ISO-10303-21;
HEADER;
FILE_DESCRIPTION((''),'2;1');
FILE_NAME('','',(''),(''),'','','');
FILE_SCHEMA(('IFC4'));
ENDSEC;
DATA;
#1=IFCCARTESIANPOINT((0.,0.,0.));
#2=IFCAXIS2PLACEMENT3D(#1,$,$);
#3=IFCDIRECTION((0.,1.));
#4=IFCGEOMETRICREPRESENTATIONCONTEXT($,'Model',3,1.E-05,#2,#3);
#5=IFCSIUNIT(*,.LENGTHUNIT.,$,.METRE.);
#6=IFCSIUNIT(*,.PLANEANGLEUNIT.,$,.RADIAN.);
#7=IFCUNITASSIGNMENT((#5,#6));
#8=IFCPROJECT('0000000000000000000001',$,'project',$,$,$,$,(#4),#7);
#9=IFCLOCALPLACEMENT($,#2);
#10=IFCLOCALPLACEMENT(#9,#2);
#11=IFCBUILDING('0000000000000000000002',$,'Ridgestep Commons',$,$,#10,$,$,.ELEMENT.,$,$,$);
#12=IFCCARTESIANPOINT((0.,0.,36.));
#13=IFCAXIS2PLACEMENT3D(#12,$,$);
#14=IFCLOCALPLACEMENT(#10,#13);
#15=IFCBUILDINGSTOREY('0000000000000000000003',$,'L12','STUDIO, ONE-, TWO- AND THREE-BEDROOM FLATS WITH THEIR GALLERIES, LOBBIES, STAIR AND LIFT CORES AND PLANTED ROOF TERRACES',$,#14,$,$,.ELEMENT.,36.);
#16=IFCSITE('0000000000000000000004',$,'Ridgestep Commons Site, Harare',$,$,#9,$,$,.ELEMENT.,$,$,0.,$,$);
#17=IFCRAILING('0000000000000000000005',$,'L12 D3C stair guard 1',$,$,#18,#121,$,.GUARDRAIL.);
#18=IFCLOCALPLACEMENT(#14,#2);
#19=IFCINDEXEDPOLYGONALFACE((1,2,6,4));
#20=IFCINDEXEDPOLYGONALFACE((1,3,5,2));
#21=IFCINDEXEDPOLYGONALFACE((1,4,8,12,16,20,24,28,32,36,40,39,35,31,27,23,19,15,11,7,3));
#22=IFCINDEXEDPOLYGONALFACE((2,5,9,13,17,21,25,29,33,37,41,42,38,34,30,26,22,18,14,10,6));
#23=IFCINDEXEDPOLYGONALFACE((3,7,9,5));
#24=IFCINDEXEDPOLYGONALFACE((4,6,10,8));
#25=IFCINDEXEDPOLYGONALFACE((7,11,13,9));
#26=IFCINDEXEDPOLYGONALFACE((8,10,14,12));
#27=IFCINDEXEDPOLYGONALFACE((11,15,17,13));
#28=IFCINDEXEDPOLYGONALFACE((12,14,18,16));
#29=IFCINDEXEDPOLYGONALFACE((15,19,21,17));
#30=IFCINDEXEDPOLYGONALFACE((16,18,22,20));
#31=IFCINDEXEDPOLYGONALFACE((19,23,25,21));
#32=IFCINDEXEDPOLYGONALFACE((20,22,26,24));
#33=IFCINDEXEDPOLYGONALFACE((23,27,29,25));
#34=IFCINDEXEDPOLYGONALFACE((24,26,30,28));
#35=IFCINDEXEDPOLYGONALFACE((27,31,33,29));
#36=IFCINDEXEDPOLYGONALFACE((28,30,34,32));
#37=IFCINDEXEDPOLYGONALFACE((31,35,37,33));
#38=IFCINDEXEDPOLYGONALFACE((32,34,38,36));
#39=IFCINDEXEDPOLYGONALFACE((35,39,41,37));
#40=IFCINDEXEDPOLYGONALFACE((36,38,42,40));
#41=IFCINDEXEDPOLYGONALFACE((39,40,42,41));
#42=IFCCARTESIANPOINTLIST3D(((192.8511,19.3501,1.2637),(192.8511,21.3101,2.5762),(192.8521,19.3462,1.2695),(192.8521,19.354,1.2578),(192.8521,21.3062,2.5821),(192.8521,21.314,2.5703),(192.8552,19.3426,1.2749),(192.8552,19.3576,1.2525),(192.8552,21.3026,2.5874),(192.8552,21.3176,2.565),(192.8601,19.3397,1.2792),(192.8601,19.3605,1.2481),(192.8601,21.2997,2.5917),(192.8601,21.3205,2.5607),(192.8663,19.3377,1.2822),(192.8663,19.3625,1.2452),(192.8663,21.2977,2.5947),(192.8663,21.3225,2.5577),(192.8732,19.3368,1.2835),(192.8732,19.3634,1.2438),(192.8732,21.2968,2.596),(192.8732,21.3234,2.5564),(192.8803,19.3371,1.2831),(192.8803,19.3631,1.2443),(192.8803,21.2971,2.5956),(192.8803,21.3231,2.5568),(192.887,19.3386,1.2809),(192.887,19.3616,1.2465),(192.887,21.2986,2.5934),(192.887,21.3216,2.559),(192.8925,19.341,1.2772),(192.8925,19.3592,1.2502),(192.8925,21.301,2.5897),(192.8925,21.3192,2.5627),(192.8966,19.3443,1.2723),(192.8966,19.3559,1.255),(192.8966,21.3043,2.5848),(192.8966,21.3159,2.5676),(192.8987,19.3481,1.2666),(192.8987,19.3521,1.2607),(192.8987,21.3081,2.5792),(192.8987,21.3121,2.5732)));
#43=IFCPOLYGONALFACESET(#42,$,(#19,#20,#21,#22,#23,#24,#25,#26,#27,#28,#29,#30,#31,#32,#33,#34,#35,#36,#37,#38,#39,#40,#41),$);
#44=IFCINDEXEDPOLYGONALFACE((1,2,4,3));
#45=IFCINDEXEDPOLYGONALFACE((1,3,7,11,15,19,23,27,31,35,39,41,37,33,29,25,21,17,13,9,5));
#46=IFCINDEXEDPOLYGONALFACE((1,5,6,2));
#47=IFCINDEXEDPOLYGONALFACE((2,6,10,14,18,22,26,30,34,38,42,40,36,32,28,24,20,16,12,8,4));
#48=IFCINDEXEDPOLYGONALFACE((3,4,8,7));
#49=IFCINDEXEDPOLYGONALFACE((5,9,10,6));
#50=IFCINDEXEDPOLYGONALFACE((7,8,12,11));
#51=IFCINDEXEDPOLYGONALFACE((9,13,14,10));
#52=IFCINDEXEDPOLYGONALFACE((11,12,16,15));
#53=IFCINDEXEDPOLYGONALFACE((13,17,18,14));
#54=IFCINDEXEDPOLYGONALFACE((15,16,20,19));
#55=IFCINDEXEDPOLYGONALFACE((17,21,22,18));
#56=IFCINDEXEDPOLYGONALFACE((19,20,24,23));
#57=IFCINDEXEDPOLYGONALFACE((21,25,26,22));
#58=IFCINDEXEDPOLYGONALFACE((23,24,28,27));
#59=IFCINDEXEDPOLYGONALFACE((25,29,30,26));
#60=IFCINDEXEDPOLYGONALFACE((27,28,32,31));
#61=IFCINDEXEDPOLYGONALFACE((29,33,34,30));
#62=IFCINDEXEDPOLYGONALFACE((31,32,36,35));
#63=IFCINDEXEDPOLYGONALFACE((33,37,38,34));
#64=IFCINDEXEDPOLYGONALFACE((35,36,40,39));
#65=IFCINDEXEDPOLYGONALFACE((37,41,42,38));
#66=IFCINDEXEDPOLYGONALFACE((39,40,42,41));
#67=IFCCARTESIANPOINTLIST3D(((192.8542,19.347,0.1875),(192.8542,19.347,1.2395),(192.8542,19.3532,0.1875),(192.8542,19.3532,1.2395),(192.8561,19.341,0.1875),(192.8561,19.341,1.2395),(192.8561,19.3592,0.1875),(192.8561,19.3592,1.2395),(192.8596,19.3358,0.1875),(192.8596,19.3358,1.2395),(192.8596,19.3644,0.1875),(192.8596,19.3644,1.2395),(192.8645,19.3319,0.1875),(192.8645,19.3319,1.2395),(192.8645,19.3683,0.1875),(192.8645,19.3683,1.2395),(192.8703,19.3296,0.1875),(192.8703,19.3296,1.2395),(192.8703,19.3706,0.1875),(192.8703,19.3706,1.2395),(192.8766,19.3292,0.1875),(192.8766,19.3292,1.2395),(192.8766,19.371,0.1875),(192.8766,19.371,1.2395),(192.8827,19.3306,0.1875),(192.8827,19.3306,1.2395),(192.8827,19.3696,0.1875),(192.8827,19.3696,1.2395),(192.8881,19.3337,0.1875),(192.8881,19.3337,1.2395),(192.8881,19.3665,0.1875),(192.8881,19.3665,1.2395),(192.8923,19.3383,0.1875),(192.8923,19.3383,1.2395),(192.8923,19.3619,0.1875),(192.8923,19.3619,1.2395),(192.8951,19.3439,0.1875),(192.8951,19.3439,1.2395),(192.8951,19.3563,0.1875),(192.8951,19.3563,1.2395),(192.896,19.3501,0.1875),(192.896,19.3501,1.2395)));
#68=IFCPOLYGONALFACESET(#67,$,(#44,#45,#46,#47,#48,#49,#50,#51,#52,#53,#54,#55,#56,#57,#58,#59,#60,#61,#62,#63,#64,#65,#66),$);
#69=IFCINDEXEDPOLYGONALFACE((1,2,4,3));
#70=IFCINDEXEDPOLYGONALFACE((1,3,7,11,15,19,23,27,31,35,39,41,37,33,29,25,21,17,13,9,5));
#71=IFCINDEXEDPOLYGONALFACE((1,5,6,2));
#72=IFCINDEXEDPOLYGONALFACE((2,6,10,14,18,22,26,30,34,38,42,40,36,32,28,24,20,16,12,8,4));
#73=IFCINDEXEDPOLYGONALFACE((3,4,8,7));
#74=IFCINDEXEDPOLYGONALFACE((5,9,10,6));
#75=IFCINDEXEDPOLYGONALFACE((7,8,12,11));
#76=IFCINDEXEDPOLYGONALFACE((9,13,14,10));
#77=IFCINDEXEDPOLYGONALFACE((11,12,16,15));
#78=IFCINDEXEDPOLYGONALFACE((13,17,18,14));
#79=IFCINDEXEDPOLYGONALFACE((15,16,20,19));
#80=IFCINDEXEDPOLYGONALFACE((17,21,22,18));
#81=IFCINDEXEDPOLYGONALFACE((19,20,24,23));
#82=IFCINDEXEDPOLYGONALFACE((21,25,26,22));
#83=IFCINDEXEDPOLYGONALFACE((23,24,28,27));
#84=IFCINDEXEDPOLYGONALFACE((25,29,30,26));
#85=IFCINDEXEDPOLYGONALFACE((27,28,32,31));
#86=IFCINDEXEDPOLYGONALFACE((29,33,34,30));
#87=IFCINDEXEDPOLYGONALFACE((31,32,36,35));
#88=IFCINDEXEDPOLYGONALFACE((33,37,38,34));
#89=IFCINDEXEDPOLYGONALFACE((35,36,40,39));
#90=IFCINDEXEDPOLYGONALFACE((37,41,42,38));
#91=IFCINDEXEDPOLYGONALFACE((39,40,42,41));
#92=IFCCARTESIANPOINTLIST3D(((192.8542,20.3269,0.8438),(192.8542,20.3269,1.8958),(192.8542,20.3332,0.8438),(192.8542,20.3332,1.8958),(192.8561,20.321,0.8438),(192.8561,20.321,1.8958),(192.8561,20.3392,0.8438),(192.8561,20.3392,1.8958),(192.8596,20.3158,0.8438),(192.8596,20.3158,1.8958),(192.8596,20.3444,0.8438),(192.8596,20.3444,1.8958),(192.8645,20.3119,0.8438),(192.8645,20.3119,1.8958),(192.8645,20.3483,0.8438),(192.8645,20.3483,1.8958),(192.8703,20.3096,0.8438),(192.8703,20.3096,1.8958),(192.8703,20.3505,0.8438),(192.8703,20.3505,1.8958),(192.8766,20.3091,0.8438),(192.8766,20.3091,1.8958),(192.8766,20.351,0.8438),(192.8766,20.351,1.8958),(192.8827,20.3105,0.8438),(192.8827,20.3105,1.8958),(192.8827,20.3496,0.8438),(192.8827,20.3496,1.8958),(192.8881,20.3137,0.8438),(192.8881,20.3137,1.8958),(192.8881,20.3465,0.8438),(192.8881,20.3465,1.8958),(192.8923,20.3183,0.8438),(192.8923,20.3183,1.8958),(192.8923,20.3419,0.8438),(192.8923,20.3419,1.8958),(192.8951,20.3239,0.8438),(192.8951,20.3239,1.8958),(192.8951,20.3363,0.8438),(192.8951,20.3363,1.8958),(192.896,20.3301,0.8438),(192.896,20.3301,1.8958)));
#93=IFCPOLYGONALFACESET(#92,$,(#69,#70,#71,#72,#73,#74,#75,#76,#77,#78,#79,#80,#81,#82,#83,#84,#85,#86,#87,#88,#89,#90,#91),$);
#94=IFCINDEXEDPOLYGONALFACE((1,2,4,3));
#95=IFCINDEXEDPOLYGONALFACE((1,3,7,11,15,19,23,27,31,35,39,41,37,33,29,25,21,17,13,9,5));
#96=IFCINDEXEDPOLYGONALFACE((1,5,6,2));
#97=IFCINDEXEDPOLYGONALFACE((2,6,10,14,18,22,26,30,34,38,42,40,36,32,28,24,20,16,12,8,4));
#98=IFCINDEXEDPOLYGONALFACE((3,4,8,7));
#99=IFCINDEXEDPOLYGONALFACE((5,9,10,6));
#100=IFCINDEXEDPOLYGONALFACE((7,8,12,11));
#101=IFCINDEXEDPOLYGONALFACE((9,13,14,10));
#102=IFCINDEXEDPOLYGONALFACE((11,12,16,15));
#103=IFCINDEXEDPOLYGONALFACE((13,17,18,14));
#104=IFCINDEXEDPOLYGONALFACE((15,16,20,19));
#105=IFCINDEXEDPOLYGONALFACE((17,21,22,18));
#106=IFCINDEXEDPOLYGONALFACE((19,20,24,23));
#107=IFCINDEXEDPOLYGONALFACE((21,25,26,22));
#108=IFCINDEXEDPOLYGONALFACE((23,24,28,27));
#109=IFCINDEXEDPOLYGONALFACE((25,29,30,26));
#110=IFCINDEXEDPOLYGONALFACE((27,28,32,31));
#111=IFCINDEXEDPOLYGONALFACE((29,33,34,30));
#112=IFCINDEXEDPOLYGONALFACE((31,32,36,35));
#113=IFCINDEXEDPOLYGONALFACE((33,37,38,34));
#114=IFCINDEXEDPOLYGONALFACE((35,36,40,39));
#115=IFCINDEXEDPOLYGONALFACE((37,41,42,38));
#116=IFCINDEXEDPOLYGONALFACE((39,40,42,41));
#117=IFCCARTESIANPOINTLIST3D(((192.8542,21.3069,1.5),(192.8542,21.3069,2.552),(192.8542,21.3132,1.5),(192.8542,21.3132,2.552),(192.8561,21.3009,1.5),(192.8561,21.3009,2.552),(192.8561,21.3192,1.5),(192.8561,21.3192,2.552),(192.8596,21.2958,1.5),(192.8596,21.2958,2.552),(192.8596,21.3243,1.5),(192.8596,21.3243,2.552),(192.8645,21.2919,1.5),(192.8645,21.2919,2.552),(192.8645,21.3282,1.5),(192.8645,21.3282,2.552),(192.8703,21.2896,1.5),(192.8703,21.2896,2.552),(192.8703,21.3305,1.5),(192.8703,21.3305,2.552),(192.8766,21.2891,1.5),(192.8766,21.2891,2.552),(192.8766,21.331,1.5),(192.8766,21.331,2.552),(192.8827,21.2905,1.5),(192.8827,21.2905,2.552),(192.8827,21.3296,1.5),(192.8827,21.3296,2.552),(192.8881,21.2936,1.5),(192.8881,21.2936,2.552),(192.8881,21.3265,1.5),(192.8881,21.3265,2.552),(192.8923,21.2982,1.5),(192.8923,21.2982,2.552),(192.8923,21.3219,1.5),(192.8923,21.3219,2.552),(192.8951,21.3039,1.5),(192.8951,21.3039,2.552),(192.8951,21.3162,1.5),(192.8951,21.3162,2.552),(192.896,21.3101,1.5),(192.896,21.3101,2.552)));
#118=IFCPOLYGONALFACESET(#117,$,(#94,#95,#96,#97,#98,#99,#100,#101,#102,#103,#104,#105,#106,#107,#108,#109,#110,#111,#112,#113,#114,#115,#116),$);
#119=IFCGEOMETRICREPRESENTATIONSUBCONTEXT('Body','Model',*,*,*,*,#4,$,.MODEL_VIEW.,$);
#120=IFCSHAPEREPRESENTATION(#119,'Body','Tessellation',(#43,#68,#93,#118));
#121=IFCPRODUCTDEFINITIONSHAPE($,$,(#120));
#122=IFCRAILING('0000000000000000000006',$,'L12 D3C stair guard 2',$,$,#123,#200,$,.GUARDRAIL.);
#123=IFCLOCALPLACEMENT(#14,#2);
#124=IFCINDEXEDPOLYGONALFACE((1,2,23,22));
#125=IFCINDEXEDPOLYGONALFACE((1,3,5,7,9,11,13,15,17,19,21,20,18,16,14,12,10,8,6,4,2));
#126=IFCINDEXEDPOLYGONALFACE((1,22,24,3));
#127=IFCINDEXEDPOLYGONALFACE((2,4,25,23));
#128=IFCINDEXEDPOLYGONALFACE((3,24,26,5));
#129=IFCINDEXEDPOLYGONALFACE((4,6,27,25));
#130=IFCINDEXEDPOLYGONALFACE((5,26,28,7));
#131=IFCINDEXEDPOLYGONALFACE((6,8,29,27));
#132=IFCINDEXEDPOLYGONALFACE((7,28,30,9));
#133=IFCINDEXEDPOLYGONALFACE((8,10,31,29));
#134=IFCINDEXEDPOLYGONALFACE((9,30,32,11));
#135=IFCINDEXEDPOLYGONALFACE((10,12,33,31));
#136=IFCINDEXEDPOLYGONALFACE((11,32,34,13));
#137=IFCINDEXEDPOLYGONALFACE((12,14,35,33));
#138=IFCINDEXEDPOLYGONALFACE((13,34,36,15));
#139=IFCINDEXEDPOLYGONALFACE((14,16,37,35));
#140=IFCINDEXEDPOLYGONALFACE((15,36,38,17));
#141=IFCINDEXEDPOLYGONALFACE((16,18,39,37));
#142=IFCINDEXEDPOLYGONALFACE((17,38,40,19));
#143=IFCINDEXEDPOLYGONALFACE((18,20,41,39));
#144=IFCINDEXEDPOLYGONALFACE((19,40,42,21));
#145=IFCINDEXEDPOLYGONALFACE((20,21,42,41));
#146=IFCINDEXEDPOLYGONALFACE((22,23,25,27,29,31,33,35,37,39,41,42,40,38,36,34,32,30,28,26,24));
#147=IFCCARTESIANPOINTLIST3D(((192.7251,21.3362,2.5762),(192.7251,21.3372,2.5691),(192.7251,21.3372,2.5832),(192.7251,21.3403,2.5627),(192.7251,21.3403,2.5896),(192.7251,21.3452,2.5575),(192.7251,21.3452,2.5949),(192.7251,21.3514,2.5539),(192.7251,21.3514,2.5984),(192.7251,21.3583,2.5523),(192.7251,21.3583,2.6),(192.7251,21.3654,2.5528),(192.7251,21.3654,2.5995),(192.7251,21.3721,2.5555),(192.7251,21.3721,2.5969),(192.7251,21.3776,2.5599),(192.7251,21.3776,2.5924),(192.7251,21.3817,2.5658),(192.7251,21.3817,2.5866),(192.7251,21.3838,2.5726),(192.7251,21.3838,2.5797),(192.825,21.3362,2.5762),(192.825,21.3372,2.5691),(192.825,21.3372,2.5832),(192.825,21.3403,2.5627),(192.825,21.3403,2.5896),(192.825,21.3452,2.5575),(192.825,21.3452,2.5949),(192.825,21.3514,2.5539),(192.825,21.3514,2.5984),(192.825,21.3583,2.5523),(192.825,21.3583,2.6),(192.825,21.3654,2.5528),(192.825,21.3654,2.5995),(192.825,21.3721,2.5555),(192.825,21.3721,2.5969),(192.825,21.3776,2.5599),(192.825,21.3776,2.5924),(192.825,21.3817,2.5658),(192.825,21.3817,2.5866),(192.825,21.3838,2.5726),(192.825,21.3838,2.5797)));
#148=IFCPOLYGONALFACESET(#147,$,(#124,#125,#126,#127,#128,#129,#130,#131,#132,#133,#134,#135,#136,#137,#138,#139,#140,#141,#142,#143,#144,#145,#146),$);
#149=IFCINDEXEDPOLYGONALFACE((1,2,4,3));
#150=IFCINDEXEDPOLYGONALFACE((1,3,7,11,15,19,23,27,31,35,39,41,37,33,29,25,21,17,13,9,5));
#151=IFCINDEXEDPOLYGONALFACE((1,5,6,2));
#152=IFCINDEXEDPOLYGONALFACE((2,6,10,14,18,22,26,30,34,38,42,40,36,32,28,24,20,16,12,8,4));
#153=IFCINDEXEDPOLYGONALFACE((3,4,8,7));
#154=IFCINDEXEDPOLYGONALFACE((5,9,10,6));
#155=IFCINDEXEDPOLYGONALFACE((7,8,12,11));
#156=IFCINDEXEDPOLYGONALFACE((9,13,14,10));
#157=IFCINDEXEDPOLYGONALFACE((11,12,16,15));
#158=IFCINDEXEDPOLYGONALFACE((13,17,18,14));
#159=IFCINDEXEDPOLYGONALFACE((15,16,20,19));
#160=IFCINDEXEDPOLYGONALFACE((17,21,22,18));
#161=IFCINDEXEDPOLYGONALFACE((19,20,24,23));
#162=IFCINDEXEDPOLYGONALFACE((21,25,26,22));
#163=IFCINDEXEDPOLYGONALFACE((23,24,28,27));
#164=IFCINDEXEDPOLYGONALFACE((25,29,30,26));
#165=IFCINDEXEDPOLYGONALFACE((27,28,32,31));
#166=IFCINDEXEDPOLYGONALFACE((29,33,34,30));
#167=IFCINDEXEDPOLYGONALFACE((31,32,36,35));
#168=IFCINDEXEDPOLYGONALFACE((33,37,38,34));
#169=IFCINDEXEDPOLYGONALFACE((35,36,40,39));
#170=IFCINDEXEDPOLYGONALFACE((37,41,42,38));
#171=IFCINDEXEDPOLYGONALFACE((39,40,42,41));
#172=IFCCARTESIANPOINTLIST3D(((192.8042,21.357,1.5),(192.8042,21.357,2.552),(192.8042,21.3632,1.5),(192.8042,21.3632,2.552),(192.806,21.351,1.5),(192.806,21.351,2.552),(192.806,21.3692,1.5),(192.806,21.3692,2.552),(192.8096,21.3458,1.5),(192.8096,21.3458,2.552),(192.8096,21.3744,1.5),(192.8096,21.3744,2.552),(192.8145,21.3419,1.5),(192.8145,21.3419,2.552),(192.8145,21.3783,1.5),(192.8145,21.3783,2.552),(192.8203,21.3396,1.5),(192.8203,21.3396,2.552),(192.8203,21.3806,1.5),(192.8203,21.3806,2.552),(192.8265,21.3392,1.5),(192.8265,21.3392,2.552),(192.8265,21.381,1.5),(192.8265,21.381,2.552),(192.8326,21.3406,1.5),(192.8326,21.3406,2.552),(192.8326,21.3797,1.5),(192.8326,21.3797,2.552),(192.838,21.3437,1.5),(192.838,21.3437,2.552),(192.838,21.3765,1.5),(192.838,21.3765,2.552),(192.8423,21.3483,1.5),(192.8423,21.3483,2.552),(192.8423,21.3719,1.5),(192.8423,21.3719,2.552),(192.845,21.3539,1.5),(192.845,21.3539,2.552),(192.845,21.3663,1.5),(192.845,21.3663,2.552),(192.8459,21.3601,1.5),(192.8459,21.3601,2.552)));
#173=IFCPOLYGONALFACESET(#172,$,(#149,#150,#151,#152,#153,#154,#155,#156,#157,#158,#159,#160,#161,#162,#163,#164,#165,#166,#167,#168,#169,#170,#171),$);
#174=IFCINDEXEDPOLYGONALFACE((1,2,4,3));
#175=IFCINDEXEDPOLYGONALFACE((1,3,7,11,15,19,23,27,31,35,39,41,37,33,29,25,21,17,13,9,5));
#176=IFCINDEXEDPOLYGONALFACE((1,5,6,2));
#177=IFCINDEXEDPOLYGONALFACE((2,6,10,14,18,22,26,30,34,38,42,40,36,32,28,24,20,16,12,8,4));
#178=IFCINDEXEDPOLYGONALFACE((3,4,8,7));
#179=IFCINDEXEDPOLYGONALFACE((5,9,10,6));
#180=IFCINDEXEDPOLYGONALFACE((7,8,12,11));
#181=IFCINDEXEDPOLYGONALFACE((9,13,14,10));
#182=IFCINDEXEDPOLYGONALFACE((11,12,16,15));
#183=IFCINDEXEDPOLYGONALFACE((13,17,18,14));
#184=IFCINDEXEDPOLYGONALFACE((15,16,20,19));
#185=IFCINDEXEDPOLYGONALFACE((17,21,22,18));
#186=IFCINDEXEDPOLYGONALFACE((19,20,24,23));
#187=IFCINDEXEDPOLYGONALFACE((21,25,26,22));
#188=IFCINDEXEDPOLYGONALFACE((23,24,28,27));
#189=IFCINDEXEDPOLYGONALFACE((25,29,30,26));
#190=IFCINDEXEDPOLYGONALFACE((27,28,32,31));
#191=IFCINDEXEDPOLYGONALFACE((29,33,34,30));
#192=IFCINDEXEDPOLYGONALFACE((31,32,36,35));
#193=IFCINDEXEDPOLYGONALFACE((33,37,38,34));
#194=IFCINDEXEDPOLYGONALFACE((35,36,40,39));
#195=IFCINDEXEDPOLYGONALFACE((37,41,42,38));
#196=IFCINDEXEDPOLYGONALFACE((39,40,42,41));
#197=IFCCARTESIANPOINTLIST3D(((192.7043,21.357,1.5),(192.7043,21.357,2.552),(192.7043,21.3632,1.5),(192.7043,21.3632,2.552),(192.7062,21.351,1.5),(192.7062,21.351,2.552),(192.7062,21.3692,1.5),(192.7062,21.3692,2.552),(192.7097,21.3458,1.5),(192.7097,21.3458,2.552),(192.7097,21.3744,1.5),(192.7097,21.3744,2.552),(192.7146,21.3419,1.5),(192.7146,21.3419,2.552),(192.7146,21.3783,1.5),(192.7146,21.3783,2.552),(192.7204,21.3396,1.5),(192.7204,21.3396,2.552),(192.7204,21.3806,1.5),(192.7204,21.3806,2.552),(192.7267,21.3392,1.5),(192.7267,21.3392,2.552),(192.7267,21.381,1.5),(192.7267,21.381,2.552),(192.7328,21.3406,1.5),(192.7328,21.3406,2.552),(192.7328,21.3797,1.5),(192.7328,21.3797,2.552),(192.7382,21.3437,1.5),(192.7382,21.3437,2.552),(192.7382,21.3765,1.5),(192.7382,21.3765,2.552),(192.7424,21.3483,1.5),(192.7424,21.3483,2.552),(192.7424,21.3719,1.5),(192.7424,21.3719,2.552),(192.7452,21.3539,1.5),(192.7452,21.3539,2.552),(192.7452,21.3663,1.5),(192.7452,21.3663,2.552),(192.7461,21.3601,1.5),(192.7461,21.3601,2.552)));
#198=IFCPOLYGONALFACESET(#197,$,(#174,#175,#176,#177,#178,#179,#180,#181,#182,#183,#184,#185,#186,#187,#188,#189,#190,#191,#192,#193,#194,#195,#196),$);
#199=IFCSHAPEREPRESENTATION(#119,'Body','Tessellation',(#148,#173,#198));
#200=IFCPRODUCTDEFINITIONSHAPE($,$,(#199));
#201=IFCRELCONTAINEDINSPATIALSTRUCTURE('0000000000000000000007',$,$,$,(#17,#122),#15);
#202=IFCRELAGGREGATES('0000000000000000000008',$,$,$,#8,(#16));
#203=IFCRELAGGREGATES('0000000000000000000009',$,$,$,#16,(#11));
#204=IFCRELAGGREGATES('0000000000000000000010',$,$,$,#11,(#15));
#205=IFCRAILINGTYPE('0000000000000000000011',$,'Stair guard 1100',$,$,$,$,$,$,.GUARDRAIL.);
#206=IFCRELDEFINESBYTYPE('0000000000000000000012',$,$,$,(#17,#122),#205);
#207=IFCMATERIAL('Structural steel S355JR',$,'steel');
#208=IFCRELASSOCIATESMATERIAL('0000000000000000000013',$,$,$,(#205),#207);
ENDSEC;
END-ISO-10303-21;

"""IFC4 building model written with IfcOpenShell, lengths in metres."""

from ifc_helpers import new_model, si_unit, direction, frame, origin, origin_2d, place, context, subcontext, project, spatial, circle, extrude, material, type_object, element, save


model = new_model("IFC4")

# Units and contexts
model_context = context("Model", 3, precision=1e-05, world=origin(), true_north=direction((0.0, 1.0)))
body_context = subcontext(model_context, "Body", "Model", "MODEL_VIEW")
ifc_project = project(units=[si_unit("LENGTHUNIT", "METRE"), si_unit("PLANEANGLEUNIT", "RADIAN")], contexts=[model_context])

# Site, building, storey
site_placement = place(None, origin())
site = spatial("IfcSite", under=ifc_project, at=site_placement, Name="Ridgestep Commons Site, Harare", CompositionType="ELEMENT", RefElevation=0.0)
building_placement = place(site_placement, origin())
building = spatial("IfcBuilding", under=site, at=building_placement, Name="Ridgestep Commons", CompositionType="ELEMENT")
storey_placement = place(building_placement, frame((0.0, 0.0, 36.0)))
storey = spatial("IfcBuildingStorey", under=building, at=storey_placement, Name="L12", Description="STUDIO, ONE-, TWO- AND THREE-BEDROOM FLATS WITH THEIR GALLERIES, LOBBIES, STAIR AND LIFT CORES AND PLANTED ROOF TERRACES", CompositionType="ELEMENT", Elevation=36.0)

# Railings
ifc_material_1 = material(Name="Structural steel S355JR", Category="steel")
railing_type_1 = type_object("IfcRailingType", Name="Stair guard 1100", PredefinedType="GUARDRAIL", material=ifc_material_1)
railing_1_placement = place(storey_placement, frame((192.875, 19.3501, 0.1875)))
element("IfcRailing", 1, at=railing_1_placement, inside=storey, type_object=railing_type_1, Name="L12 D3C stair guard 1", PredefinedType="GUARDRAIL", context=body_context, shape_type="SweptSolid", body=[
    extrude(circle(Radius=0.0239, at=origin_2d()), frame((0.0, 0.0, 1.0762), z_axis=(0.0, 0.830902, 0.556419), x_axis=(-1.0, 0.0, 0.0)), (0.0, 0.0, 1.0), 2.3589),
    extrude(circle(Radius=0.021, at=origin_2d()), origin(), (0.0, 0.0, 1.0), 1.052),
    extrude(circle(Radius=0.021, at=origin_2d()), frame((0.0, 0.98, 0.6562)), (0.0, 0.0, 1.0), 1.052),
    extrude(circle(Radius=0.021, at=origin_2d()), frame((0.0, 1.96, 1.3125)), (0.0, 0.0, 1.0), 1.052),
])
railing_2_placement = place(storey_placement, frame((192.825, 21.3601, 1.5)))
element("IfcRailing", 2, at=railing_2_placement, inside=storey, type_object=railing_type_1, Name="L12 D3C stair guard 2", PredefinedType="GUARDRAIL", context=body_context, shape_type="SweptSolid", body=[
    extrude(circle(Radius=0.0239, at=origin_2d()), frame((0.0, 0.0, 1.0762), z_axis=(-1.0, 0.0, 0.0), x_axis=(0.0, -1.0, 0.0)), (0.0, 0.0, 1.0), 0.0999),
    extrude(circle(Radius=0.021, at=origin_2d()), origin(), (0.0, 0.0, 1.0), 1.052),
    extrude(circle(Radius=0.021, at=origin_2d()), frame((-0.0999, 0.0, 0.0)), (0.0, 0.0, 1.0), 1.052),
])

save(model, "model.ifc")
